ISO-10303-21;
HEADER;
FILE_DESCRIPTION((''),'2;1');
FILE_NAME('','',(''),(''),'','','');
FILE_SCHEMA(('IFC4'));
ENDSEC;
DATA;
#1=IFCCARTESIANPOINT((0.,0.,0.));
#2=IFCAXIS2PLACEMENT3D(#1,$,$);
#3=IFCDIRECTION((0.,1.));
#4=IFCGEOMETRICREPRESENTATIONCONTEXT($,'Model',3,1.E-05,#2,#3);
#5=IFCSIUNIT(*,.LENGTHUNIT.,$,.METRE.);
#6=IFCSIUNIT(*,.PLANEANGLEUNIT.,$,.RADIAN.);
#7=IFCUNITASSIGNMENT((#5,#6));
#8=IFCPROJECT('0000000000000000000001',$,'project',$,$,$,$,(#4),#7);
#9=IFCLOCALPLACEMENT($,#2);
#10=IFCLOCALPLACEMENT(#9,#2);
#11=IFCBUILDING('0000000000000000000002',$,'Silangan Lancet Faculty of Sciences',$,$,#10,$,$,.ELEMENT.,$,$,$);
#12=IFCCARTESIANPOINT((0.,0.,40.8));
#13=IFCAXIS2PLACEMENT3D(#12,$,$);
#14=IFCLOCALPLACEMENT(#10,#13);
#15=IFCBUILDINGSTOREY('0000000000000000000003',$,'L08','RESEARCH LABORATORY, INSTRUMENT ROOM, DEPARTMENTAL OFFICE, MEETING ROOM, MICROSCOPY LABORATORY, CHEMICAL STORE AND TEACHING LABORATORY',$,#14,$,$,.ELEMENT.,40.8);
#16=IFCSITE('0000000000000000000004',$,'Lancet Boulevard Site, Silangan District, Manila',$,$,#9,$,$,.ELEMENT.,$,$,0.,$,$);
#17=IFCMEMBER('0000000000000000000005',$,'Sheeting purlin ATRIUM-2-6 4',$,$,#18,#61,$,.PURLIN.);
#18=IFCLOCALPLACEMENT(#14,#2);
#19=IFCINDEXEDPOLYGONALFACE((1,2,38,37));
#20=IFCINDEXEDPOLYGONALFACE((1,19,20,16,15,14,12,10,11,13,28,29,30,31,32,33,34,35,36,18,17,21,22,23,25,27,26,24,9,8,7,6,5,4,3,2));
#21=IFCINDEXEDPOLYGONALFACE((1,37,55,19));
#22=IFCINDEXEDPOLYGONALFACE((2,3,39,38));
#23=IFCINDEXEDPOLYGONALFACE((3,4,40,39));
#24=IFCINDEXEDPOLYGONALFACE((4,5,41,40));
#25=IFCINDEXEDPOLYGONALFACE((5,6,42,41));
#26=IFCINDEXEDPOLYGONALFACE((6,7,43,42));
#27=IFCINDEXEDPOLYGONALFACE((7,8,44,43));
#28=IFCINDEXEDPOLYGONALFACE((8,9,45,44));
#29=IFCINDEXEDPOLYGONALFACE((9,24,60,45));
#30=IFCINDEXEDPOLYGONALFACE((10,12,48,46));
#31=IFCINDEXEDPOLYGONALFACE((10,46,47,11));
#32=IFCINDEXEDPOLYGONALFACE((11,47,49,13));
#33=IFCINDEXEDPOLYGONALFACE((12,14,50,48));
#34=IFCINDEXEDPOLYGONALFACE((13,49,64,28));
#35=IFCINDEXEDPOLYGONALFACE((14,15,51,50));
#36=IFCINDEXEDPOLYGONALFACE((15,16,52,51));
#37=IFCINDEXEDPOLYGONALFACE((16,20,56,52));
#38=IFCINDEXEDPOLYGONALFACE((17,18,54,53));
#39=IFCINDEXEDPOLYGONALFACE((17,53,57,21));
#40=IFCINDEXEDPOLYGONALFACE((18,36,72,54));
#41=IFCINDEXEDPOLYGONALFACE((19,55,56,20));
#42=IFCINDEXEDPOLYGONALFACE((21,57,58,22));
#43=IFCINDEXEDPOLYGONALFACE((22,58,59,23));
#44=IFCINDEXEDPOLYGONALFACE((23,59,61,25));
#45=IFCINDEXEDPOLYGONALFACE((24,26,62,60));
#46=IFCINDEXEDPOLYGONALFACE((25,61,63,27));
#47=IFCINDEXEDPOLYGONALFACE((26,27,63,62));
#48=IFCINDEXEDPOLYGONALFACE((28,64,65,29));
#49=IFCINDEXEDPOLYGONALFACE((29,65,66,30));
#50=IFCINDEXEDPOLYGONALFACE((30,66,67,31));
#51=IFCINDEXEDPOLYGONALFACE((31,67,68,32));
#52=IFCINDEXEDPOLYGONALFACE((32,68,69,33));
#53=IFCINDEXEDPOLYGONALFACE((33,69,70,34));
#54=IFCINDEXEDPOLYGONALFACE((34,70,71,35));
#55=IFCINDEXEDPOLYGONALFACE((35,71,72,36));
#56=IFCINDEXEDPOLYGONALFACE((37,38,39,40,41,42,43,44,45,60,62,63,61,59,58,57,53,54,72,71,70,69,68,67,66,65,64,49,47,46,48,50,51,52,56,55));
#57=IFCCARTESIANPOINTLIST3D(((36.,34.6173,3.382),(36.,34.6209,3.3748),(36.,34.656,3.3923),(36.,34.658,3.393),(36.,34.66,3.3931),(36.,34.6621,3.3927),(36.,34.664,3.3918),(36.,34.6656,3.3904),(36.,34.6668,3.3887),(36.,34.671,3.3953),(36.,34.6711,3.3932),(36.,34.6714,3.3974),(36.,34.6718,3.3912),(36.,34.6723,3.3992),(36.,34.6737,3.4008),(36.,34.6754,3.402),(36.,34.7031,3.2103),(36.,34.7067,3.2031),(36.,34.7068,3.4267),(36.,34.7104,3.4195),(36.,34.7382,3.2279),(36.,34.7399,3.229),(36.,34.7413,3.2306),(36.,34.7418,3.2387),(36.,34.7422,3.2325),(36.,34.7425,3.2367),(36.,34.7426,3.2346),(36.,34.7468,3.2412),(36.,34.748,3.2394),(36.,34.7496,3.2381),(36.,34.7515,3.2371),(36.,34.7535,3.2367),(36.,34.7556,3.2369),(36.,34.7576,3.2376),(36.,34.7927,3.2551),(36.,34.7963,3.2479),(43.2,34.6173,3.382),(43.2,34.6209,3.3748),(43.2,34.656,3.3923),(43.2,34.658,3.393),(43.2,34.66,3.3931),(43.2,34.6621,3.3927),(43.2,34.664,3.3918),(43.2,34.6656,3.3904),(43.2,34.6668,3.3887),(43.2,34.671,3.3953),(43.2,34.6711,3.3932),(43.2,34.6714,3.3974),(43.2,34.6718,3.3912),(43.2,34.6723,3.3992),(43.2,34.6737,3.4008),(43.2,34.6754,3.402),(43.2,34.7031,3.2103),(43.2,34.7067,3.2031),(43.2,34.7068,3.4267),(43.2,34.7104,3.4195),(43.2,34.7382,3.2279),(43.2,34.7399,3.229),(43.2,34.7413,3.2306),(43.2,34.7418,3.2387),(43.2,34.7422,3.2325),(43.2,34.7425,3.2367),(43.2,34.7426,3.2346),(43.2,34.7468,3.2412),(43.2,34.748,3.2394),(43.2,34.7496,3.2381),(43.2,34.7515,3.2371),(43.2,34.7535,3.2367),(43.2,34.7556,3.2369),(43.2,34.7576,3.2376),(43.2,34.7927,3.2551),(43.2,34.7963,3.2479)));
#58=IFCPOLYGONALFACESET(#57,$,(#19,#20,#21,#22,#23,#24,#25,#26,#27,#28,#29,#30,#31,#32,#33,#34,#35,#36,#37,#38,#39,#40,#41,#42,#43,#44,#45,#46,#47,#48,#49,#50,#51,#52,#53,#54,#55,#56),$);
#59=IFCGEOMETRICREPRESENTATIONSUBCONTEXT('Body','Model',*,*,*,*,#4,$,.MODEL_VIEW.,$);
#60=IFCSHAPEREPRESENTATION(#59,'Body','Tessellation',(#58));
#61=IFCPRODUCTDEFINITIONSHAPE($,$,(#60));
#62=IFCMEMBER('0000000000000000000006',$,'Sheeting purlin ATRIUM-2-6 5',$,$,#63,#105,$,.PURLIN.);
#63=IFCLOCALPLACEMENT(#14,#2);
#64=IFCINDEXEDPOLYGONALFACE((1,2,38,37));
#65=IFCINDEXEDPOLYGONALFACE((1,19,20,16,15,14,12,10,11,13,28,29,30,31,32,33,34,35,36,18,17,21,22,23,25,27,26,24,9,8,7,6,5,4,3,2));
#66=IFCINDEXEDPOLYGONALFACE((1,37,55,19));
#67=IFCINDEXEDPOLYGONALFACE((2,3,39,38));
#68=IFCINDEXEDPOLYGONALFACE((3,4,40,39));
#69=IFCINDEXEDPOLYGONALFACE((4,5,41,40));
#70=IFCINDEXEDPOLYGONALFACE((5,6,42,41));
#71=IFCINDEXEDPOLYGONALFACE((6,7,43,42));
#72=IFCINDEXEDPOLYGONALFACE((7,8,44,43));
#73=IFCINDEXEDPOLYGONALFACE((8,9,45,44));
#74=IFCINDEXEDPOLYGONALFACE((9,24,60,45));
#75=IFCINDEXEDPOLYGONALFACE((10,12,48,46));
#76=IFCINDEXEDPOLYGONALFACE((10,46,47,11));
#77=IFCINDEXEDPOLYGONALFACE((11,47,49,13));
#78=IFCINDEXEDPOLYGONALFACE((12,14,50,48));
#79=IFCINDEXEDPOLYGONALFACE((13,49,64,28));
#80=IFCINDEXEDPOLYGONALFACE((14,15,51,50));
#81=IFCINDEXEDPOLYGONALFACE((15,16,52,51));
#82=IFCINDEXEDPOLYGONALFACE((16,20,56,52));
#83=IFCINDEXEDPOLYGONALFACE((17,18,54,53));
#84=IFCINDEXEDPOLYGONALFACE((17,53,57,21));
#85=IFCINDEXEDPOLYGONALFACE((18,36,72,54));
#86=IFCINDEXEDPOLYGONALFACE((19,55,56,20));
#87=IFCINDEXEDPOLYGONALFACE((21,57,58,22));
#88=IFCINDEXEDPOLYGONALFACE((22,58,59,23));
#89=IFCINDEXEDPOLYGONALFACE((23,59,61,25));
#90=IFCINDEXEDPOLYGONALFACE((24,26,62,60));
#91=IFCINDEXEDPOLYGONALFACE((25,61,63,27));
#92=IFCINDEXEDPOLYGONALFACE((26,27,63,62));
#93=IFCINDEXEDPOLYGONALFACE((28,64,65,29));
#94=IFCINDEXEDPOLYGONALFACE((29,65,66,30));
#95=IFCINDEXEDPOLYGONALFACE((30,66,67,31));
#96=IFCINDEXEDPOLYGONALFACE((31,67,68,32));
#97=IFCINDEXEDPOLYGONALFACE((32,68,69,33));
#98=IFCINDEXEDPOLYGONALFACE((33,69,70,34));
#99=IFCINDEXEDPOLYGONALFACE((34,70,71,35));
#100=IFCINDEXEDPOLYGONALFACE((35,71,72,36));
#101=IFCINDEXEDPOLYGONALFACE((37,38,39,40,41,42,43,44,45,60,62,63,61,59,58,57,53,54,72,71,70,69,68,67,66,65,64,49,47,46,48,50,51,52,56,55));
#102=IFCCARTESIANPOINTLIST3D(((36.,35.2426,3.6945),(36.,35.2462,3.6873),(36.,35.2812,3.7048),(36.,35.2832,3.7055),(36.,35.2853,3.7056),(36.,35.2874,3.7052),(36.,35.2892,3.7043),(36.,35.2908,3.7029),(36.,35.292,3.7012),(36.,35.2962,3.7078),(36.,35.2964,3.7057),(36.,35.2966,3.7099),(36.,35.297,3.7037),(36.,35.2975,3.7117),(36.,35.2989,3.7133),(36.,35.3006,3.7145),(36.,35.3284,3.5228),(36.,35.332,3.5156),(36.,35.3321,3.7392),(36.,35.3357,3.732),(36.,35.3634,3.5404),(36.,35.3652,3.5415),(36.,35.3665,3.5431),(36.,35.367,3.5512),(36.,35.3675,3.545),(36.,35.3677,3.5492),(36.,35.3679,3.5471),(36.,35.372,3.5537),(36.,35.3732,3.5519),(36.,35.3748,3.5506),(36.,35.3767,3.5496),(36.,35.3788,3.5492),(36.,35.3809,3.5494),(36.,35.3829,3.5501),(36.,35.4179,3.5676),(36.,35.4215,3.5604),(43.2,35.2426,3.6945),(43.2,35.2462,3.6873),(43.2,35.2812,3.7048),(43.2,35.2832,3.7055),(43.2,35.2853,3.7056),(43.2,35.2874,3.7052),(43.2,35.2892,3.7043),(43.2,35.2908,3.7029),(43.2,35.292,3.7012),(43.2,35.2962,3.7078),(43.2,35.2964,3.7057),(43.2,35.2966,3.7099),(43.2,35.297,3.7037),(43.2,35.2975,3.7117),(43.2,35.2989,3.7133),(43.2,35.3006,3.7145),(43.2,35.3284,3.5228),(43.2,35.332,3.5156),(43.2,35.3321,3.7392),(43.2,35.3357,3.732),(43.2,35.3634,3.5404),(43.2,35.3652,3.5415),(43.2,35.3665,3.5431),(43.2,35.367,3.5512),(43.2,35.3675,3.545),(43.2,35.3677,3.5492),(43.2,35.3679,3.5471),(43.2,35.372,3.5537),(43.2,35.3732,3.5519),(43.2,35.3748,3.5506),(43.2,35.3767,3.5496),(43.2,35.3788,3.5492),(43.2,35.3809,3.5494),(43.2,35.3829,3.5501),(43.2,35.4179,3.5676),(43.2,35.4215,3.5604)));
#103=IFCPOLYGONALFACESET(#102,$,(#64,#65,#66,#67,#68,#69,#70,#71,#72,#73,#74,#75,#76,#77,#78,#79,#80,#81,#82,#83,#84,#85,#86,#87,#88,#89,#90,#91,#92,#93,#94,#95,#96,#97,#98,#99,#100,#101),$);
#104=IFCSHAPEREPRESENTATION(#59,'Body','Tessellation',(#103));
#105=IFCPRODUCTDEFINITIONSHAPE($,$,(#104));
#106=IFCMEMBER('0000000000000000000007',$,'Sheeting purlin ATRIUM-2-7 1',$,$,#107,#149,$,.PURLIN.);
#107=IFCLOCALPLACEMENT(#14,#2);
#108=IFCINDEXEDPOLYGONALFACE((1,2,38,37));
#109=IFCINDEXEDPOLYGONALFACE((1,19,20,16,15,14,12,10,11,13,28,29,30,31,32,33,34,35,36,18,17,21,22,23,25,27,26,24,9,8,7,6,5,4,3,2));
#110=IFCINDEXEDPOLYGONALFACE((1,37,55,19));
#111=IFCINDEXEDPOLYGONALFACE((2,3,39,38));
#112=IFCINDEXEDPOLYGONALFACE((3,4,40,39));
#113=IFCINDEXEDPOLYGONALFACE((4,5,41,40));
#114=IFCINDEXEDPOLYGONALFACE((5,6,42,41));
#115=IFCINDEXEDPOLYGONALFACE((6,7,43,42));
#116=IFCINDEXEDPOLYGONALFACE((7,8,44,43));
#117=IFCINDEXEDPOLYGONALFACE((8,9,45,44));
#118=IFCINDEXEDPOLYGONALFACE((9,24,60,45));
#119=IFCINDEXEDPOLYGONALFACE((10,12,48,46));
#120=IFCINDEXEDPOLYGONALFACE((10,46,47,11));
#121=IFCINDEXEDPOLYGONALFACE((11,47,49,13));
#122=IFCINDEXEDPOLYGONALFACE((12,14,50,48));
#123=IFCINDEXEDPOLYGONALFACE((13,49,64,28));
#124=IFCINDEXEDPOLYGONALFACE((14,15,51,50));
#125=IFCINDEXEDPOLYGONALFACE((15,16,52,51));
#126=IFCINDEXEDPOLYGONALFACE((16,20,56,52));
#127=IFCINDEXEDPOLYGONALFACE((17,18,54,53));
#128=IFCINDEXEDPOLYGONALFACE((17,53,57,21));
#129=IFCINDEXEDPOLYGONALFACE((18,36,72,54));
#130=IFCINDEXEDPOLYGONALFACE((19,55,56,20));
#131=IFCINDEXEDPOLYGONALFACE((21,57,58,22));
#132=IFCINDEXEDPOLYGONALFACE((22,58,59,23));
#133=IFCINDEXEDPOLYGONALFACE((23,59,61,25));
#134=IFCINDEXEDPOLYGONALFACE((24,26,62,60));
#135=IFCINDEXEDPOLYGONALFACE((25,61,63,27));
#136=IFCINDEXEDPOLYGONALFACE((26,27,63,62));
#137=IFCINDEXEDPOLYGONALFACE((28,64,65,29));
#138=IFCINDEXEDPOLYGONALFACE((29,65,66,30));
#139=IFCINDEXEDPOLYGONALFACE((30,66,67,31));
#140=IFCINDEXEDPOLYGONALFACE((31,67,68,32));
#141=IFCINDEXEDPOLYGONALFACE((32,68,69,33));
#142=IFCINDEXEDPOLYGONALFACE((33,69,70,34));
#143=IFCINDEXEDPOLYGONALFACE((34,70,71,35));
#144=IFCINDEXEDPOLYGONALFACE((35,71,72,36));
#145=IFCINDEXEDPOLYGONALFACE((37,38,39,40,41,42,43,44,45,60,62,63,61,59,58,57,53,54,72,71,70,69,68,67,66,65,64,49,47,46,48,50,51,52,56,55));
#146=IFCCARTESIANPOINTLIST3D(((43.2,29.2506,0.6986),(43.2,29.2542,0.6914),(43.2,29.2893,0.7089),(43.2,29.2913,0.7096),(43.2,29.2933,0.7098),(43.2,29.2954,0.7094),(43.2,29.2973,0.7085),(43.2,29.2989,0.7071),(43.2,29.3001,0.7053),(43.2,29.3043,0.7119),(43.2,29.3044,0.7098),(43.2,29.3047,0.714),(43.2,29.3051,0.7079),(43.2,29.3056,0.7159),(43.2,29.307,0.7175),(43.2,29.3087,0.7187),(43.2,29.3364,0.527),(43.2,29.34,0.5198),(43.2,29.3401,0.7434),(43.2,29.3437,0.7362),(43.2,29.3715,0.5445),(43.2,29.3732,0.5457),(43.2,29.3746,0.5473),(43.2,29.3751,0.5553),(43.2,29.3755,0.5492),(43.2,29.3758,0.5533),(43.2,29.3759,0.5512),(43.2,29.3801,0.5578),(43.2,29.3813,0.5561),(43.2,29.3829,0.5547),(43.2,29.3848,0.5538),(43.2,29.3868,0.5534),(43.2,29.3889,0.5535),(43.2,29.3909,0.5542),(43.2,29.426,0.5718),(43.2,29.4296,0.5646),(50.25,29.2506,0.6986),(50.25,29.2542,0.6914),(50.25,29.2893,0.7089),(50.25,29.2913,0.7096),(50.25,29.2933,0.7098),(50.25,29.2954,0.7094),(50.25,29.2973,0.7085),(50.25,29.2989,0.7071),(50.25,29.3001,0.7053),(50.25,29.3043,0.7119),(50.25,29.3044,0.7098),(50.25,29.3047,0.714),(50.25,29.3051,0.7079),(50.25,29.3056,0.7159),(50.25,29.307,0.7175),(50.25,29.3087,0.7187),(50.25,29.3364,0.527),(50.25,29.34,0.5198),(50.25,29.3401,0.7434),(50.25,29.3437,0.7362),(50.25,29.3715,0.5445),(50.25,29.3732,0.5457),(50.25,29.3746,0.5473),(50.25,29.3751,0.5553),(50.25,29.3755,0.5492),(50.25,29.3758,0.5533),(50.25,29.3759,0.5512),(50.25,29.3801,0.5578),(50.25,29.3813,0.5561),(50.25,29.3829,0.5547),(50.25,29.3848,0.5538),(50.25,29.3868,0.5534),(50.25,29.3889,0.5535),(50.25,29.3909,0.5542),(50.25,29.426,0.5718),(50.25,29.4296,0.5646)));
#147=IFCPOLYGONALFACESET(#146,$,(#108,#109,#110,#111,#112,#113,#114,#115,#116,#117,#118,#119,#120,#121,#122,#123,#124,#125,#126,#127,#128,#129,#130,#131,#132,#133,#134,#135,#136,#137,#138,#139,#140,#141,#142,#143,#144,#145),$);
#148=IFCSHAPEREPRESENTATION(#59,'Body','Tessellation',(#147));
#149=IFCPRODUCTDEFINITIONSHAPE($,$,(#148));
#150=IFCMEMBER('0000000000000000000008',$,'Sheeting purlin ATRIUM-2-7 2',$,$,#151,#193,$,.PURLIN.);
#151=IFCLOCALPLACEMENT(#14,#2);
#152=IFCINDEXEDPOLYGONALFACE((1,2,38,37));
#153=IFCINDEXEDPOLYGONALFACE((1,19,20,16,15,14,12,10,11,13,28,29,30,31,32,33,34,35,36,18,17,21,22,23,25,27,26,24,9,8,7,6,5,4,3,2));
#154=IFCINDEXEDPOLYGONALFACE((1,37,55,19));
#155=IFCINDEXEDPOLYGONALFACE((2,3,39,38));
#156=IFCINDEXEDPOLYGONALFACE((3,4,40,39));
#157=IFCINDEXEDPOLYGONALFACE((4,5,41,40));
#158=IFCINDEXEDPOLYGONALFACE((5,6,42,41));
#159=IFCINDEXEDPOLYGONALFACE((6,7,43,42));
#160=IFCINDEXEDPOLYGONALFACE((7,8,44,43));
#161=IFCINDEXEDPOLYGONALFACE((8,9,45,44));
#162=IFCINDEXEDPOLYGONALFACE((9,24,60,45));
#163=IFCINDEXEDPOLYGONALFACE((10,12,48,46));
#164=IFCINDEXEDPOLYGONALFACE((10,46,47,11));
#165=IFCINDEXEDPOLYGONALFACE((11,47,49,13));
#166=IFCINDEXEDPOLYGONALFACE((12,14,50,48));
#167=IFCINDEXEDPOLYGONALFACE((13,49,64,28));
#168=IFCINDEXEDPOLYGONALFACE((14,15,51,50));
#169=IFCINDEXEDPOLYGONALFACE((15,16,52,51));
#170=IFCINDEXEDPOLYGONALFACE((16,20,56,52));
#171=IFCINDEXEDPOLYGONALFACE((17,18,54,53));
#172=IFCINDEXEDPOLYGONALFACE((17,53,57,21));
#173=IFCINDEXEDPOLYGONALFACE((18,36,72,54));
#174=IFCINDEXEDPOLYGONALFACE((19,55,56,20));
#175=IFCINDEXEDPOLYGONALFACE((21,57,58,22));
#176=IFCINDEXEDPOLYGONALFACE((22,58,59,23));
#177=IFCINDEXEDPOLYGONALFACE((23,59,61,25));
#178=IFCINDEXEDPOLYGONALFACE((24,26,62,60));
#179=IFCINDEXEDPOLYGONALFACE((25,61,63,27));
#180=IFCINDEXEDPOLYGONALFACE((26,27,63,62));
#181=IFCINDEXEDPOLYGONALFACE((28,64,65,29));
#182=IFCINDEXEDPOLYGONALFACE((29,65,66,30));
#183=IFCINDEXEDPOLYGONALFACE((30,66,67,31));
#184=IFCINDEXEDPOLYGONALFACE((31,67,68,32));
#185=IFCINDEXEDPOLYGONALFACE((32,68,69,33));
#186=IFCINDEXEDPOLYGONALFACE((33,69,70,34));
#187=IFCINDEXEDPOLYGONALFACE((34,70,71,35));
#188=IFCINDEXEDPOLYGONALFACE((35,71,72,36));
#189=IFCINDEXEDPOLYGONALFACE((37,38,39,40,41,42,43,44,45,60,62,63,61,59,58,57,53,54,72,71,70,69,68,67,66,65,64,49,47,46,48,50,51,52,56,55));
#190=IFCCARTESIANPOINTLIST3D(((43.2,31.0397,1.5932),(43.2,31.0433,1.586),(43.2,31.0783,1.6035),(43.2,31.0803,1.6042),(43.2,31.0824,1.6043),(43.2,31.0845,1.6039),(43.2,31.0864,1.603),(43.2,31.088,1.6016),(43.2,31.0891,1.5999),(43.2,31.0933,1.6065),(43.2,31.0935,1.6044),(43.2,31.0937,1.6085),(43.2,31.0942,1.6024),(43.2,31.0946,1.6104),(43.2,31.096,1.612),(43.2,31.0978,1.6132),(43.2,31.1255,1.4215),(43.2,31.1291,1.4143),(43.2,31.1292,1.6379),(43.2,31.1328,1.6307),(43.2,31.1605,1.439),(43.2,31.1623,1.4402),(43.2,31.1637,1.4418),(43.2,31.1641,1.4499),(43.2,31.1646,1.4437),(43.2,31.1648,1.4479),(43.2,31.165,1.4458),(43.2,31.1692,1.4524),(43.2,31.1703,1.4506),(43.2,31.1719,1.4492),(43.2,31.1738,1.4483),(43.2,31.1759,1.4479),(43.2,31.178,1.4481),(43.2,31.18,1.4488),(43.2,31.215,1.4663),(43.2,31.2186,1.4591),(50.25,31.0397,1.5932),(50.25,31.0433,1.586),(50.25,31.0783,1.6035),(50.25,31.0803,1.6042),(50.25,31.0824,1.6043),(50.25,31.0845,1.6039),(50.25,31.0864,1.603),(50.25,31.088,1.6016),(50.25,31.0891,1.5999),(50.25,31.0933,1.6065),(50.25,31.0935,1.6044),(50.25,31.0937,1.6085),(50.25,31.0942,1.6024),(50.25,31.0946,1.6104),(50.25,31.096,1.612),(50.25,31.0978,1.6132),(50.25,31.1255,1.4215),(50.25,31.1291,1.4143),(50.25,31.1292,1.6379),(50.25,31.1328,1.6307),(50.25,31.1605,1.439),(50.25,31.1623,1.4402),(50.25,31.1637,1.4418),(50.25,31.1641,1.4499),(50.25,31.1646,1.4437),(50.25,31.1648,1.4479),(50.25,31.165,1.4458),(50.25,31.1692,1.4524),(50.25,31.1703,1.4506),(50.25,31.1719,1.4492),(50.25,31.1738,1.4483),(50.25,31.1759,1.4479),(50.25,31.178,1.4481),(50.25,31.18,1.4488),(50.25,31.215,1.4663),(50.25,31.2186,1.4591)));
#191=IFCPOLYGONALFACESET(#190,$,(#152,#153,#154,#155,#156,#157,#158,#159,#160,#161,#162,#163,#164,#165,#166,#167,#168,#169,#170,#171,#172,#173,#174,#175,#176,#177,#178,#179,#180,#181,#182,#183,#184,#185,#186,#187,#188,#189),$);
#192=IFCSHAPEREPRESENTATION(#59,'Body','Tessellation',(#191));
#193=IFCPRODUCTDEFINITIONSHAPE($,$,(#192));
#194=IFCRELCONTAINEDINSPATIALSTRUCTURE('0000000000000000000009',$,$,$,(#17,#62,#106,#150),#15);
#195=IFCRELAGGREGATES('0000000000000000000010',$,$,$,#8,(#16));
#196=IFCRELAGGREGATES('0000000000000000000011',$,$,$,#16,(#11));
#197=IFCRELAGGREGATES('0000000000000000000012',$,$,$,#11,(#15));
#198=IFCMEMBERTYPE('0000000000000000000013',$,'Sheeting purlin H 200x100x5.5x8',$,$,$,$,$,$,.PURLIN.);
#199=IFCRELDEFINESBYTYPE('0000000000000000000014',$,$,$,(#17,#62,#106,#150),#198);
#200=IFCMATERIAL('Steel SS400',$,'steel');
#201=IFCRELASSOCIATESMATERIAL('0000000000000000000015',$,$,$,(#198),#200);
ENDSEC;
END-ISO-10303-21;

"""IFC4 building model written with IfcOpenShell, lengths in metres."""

from ifc_helpers import new_model, si_unit, direction, frame, origin, origin_2d, place, context, subcontext, project, spatial, i_section, extrude, material, material_profile, profile_set, type_object, element, save


model = new_model("IFC4")

# Units and contexts
model_context = context("Model", 3, precision=1e-05, world=origin(), true_north=direction((0.0, 1.0)))
body_context = subcontext(model_context, "Body", "Model", "MODEL_VIEW")
ifc_project = project(units=[si_unit("LENGTHUNIT", "METRE"), si_unit("PLANEANGLEUNIT", "RADIAN")], contexts=[model_context])

# Site, building, storey
site_placement = place(None, origin())
site = spatial("IfcSite", under=ifc_project, at=site_placement, Name="Lancet Boulevard Site, Silangan District, Manila", CompositionType="ELEMENT", RefElevation=0.0)
building_placement = place(site_placement, origin())
building = spatial("IfcBuilding", under=site, at=building_placement, Name="Silangan Lancet Faculty of Sciences", CompositionType="ELEMENT")
storey_placement = place(building_placement, frame((0.0, 0.0, 40.8)))
storey = spatial("IfcBuildingStorey", under=building, at=storey_placement, Name="L08", Description="RESEARCH LABORATORY, INSTRUMENT ROOM, DEPARTMENTAL OFFICE, MEETING ROOM, MICROSCOPY LABORATORY, CHEMICAL STORE AND TEACHING LABORATORY", CompositionType="ELEMENT", Elevation=40.8)

# Members
ifc_material_1 = material(Name="Steel SS400", Category="steel")
ifc_material_profile_1 = material_profile(ifc_material_1, i_section(OverallWidth=0.1001, OverallDepth=0.2, WebThickness=0.0056, FlangeThickness=0.0081, FilletRadius=0.0081, at=origin_2d()), Name="H 200x100x5.5x8")
ifc_profile_set_1 = profile_set([ifc_material_profile_1], Name="Steel SS400")
member_type_1 = type_object("IfcMemberType", Name="Sheeting purlin H 200x100x5.5x8", PredefinedType="PURLIN", material=ifc_profile_set_1)
for number, where, z_axis, x_axis, name in (
    (1, (36.0, 34.7068, 3.3149), (1.0, 0.0, 0.0), (0.0, 0.894427, 0.447214), "Sheeting purlin ATRIUM-2-6 4"),
    (2, (36.0, 35.332, 3.6274), (1.0, 0.0, 0.0), (0.0, 0.894427, 0.447214), "Sheeting purlin ATRIUM-2-6 5"),
):
    element("IfcMember", number, at=place(storey_placement, frame(where, z_axis=z_axis, x_axis=x_axis)), inside=storey, type_object=member_type_1, Name=name, PredefinedType="PURLIN", context=body_context, shape_type="SweptSolid", body=[
        extrude(i_section(OverallWidth=0.1001, OverallDepth=0.2, WebThickness=0.0056, FlangeThickness=0.0081, FilletRadius=0.0081, at=origin_2d()), origin(), (0.0, 0.0, 1.0), 7.2),
    ])
for number, where, z_axis, x_axis, name in (
    (3, (43.2, 29.3401, 0.6316), (1.0, 0.0, 0.0), (0.0, 0.894427, 0.447214), "Sheeting purlin ATRIUM-2-7 1"),
    (4, (43.2, 31.1292, 1.5261), (1.0, 0.0, 0.0), (0.0, 0.894427, 0.447214), "Sheeting purlin ATRIUM-2-7 2"),
):
    element("IfcMember", number, at=place(storey_placement, frame(where, z_axis=z_axis, x_axis=x_axis)), inside=storey, type_object=member_type_1, Name=name, PredefinedType="PURLIN", context=body_context, shape_type="SweptSolid", body=[
        extrude(i_section(OverallWidth=0.1001, OverallDepth=0.2, WebThickness=0.0056, FlangeThickness=0.0081, FilletRadius=0.0081, at=origin_2d()), origin(), (0.0, 0.0, 1.0), 7.05),
    ])

save(model, "model.ifc")
